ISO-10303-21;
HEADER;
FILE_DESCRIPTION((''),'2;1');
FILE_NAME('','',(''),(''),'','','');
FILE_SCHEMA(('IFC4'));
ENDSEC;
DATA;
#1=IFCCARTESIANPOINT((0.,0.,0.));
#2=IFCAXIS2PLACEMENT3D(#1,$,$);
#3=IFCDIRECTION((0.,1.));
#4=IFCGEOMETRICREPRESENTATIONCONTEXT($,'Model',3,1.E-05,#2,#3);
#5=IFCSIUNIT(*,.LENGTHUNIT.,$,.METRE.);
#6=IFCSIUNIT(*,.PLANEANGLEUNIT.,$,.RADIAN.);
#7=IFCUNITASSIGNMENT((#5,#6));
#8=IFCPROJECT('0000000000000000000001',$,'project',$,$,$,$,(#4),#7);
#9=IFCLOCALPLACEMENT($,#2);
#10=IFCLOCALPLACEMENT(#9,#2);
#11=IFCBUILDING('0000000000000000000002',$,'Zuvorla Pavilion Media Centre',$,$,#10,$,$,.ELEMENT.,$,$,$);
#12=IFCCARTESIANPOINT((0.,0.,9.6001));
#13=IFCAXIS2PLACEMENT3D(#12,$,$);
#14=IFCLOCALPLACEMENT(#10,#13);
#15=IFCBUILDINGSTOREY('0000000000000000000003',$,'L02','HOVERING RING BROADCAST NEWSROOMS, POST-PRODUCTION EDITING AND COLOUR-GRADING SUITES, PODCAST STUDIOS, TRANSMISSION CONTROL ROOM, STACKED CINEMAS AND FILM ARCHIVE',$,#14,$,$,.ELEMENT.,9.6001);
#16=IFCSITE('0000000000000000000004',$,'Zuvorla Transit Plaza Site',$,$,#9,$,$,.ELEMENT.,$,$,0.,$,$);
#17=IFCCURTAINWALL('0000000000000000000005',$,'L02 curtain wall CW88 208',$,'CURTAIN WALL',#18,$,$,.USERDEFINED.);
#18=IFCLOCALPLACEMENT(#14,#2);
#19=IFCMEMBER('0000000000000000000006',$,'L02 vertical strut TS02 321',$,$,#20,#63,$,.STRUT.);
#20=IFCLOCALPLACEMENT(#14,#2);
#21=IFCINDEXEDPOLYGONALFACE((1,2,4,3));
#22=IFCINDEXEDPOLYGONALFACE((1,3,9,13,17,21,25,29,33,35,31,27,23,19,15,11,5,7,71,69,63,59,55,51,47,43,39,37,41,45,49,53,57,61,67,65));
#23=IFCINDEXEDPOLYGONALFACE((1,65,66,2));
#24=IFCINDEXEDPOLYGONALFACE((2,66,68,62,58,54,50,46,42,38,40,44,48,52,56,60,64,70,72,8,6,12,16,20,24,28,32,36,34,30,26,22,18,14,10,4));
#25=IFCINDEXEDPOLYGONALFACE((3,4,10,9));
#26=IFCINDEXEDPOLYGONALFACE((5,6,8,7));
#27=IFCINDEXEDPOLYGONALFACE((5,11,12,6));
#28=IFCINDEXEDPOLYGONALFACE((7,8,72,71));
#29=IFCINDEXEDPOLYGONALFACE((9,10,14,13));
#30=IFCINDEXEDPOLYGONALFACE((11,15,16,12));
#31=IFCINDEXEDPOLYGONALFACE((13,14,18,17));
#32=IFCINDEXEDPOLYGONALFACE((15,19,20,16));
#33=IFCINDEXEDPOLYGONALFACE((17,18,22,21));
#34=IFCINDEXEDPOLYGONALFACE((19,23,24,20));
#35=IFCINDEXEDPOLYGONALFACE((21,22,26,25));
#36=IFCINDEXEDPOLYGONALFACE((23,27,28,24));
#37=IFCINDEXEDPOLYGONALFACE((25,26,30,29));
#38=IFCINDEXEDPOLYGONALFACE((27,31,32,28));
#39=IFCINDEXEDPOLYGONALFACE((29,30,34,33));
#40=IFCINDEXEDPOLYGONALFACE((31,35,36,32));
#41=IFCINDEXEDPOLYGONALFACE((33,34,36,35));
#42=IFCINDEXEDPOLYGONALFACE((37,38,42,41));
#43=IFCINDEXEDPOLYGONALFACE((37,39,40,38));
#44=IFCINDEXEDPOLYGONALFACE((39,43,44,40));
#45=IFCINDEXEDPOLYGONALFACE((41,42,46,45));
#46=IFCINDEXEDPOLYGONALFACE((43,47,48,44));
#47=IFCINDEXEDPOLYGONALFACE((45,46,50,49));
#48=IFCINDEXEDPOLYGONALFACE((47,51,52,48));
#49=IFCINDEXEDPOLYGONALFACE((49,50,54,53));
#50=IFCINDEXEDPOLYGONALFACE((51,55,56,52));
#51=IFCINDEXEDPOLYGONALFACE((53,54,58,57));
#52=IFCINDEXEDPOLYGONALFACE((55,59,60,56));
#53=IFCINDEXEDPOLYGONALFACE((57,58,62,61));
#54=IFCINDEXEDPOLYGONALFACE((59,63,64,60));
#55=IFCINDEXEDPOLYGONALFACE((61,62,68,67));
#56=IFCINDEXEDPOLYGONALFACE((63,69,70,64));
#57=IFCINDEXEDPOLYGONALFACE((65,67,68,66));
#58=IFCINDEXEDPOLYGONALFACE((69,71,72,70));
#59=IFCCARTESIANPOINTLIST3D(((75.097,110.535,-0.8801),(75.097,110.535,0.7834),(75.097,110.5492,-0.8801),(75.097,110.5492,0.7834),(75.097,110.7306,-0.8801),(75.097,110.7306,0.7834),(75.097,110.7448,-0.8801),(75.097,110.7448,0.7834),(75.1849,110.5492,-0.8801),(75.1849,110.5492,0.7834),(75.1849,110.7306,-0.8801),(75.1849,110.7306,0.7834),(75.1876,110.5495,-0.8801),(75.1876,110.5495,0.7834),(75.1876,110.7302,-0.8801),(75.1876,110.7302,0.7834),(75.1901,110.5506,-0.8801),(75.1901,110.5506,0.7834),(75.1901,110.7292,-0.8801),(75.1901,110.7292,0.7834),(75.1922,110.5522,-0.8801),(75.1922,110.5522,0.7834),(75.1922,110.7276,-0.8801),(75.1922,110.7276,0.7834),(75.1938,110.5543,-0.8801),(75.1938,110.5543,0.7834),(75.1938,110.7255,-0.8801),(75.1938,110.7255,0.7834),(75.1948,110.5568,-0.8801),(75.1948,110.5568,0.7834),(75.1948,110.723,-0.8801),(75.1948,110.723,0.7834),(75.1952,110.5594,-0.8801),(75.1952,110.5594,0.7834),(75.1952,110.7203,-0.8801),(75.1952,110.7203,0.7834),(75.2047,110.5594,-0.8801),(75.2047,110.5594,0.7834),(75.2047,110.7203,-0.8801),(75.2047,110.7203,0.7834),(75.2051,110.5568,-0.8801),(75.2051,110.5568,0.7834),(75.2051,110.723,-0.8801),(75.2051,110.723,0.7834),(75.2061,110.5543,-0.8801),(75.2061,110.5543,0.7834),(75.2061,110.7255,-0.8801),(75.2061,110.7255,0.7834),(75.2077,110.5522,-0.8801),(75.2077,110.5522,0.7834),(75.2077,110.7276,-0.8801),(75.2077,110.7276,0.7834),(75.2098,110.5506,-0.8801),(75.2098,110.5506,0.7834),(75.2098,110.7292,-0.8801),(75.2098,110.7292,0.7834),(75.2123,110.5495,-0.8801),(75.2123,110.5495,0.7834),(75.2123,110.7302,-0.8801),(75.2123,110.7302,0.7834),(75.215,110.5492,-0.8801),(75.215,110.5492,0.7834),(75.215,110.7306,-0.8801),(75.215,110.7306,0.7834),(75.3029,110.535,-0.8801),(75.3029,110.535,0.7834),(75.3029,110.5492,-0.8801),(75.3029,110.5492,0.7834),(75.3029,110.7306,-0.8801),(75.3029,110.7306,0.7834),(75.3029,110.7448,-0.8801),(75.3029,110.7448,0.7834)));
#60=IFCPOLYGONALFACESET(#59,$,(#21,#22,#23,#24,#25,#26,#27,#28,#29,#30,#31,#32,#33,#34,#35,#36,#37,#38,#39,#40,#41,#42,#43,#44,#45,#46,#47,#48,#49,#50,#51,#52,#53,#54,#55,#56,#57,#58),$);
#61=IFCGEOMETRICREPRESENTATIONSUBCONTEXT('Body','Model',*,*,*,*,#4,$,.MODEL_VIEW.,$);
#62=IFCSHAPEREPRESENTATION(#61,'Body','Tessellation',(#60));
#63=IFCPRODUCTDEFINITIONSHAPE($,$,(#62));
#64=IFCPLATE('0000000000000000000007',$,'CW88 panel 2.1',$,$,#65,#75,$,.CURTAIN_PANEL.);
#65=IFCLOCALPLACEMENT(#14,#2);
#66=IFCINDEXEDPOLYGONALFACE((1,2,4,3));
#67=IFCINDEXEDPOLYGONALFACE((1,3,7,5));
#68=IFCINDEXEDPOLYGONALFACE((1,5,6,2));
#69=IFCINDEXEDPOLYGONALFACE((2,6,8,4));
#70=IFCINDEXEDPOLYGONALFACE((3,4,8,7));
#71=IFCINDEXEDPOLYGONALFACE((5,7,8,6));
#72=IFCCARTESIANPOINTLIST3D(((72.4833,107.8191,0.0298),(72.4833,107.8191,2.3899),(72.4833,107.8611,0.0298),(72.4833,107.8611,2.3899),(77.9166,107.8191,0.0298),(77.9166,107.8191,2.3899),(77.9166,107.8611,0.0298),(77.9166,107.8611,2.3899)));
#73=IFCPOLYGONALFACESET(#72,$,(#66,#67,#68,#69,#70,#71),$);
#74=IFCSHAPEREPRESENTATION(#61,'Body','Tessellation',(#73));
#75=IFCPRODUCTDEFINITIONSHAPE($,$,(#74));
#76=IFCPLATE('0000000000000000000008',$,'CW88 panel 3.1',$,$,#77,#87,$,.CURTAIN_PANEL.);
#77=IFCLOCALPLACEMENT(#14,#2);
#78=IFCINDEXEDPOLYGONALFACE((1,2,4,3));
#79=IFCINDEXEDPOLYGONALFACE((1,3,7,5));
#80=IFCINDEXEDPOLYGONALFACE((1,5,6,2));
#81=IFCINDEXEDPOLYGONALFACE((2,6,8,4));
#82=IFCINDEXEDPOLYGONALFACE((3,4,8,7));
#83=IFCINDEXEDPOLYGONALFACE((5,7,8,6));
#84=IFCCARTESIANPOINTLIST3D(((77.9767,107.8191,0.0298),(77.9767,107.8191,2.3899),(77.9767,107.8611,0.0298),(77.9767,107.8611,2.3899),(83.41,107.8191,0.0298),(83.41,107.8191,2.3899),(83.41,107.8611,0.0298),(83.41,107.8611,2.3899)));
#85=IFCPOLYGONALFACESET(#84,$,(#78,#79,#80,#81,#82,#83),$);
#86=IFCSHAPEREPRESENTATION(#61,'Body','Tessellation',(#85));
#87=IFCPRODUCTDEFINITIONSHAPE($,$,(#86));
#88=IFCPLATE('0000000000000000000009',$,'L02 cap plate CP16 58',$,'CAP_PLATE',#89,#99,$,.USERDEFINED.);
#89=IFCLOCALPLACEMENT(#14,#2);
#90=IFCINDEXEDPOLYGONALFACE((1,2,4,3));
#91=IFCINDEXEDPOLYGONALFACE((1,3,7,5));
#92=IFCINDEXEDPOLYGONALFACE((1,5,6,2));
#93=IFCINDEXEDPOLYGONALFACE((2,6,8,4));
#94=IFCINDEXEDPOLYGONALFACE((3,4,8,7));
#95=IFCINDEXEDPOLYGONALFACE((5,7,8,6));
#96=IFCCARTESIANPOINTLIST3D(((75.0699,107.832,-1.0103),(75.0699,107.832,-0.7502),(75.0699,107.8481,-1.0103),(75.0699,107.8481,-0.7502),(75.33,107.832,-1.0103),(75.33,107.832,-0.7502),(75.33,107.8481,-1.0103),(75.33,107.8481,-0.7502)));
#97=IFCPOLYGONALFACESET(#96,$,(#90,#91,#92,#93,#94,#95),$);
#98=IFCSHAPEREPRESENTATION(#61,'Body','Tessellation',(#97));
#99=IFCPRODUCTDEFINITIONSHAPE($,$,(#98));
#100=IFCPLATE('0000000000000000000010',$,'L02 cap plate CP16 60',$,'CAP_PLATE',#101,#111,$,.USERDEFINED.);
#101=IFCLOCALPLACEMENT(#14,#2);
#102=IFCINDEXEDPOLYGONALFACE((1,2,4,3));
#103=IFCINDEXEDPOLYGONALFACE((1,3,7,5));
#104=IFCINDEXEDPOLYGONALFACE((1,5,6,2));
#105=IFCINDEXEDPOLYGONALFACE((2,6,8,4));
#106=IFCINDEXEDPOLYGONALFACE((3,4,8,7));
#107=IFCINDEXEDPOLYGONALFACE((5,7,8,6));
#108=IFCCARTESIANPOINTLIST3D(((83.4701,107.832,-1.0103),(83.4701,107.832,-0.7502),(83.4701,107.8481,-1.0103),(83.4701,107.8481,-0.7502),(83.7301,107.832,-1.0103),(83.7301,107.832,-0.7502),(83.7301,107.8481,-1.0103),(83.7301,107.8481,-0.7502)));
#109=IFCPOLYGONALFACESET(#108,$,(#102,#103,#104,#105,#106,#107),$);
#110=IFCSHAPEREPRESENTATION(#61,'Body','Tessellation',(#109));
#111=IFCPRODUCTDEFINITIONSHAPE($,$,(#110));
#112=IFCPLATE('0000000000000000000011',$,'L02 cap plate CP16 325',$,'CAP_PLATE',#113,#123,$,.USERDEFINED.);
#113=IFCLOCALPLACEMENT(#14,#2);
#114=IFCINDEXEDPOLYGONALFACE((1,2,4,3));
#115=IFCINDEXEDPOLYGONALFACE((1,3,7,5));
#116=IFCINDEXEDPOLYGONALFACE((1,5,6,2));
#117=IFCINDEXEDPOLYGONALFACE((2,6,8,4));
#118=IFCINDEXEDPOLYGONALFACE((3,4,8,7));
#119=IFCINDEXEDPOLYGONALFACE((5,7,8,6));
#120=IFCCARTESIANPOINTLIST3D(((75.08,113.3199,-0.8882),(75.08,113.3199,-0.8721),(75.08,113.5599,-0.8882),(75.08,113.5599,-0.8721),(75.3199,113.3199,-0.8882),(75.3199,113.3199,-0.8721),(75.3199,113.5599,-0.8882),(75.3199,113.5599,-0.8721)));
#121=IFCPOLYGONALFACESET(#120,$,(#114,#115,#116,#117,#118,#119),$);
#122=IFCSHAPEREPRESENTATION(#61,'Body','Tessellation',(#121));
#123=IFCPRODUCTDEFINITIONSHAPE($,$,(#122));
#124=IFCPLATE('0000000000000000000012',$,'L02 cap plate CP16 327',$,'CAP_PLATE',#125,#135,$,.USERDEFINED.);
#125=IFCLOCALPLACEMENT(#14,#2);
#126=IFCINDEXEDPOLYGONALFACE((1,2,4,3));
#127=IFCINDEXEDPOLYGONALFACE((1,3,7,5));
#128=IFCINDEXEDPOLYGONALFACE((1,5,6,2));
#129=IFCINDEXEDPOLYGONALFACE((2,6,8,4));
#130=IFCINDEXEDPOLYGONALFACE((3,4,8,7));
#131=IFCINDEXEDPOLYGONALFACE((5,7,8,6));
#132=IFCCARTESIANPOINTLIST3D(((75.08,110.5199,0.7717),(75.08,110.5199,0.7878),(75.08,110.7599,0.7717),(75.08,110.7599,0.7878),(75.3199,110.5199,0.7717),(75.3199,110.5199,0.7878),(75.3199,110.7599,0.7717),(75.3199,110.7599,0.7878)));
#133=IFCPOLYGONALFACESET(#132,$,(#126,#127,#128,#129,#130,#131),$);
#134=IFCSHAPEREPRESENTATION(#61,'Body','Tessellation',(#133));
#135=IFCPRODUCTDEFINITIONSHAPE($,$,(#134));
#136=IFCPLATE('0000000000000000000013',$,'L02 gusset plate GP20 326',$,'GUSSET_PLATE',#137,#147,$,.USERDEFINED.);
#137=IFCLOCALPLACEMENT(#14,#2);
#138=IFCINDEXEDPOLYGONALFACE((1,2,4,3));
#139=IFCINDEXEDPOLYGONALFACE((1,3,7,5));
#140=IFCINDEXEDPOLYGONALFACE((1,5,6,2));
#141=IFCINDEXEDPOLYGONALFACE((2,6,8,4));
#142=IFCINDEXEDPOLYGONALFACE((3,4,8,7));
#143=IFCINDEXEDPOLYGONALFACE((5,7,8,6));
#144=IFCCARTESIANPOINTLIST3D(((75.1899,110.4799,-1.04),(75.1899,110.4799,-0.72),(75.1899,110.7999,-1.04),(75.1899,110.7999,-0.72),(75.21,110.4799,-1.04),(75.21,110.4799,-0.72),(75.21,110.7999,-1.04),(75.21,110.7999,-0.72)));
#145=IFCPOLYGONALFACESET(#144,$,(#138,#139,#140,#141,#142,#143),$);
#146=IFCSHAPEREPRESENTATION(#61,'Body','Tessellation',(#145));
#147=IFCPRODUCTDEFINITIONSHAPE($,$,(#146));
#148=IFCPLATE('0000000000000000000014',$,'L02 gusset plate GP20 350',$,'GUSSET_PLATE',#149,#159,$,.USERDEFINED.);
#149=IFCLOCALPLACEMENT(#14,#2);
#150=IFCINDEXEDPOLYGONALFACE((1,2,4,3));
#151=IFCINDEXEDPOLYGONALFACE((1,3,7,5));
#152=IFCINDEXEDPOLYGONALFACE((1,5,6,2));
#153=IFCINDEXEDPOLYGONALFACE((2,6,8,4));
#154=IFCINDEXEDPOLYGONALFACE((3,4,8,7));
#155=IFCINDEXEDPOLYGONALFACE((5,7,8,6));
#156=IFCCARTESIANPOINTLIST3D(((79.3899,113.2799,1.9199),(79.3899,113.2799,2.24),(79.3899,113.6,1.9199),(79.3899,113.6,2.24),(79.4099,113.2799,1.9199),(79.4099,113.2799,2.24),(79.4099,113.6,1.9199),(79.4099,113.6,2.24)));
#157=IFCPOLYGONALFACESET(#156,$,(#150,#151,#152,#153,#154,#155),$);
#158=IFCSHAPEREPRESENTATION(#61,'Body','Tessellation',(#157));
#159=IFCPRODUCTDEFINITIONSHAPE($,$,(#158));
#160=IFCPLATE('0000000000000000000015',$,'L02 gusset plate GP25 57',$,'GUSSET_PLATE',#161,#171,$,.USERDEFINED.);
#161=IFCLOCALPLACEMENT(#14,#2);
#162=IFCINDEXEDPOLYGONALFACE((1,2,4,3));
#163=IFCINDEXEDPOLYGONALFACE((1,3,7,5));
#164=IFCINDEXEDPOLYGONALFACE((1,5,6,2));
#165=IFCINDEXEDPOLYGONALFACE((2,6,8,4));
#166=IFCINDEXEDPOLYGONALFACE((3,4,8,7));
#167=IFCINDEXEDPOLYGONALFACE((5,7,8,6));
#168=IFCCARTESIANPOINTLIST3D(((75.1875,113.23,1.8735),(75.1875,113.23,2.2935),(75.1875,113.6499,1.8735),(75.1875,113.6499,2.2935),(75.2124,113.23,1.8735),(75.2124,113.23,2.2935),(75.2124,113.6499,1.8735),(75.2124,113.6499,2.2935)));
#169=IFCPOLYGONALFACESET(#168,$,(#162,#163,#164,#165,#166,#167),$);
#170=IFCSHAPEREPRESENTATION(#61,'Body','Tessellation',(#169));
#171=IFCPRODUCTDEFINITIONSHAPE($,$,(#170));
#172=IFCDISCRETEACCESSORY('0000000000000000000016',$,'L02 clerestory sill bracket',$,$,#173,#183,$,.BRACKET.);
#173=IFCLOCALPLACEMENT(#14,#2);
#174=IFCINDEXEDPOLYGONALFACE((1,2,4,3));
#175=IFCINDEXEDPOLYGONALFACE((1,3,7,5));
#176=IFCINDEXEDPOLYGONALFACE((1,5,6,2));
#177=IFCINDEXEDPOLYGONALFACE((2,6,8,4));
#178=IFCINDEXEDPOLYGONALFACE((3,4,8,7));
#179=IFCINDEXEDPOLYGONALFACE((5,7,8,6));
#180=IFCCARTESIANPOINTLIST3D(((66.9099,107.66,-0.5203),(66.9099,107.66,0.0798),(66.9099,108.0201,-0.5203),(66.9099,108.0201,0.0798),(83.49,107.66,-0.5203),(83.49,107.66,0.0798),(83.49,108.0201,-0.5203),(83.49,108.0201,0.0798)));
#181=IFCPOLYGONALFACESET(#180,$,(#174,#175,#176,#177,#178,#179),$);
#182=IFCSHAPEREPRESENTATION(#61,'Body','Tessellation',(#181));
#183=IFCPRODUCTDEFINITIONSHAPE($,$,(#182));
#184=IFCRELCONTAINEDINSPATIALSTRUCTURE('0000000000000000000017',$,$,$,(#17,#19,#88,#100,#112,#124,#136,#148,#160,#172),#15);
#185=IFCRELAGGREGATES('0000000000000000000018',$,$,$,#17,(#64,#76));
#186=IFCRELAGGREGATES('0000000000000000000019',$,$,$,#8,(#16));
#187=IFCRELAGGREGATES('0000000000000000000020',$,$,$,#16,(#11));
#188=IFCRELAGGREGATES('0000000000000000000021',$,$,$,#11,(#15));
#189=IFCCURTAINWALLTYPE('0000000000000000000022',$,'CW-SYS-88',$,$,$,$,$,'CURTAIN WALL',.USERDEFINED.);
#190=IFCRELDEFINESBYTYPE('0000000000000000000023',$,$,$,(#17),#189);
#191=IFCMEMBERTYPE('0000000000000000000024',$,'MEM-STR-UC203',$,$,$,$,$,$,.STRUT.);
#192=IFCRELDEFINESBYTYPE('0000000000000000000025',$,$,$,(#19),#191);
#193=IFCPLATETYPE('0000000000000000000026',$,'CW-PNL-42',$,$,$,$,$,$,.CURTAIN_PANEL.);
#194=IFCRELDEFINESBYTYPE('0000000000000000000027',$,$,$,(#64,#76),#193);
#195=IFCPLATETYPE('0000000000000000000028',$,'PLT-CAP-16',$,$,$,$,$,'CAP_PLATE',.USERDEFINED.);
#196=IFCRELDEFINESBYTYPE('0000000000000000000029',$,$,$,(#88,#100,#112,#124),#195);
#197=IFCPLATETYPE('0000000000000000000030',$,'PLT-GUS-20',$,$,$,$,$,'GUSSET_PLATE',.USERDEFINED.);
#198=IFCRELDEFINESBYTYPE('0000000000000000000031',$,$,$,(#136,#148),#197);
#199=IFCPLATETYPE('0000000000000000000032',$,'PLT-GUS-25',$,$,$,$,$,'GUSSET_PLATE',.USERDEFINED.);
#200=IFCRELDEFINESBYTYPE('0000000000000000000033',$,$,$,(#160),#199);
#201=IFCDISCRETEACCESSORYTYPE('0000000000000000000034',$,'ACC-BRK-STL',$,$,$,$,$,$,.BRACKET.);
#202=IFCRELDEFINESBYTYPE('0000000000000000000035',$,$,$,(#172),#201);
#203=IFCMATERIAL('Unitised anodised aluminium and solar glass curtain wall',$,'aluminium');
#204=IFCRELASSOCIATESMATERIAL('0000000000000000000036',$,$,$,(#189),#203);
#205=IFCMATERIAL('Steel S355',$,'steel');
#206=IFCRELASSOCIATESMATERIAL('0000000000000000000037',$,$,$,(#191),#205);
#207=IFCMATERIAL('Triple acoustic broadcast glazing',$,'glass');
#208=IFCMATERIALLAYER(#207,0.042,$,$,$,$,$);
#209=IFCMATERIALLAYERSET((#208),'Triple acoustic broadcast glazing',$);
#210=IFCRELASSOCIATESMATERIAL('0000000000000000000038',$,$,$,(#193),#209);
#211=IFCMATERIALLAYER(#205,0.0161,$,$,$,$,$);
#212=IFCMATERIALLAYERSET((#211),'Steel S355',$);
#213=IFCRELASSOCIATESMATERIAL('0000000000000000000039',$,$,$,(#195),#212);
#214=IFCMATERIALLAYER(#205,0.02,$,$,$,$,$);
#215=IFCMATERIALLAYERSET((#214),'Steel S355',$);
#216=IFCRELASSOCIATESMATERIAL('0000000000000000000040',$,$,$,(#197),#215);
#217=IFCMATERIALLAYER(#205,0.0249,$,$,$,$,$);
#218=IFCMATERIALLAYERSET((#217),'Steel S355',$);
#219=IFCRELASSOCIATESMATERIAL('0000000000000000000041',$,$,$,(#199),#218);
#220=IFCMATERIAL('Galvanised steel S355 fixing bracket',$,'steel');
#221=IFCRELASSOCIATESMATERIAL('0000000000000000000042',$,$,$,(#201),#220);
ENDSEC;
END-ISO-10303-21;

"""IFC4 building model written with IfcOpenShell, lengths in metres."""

from ifc_helpers import new_model, si_unit, direction, frame, origin, origin_2d, place, context, subcontext, project, spatial, rectangle, i_section, extrude, material, layer, layer_set, material_profile, profile_set, type_object, element, aggregate, save


model = new_model("IFC4")

# Units and contexts
model_context = context("Model", 3, precision=1e-05, world=origin(), true_north=direction((0.0, 1.0)))
body_context = subcontext(model_context, "Body", "Model", "MODEL_VIEW")
ifc_project = project(units=[si_unit("LENGTHUNIT", "METRE"), si_unit("PLANEANGLEUNIT", "RADIAN")], contexts=[model_context])

# Site, building, storey
site_placement = place(None, origin())
site = spatial("IfcSite", under=ifc_project, at=site_placement, Name="Zuvorla Transit Plaza Site", CompositionType="ELEMENT", RefElevation=0.0)
building_placement = place(site_placement, origin())
building = spatial("IfcBuilding", under=site, at=building_placement, Name="Zuvorla Pavilion Media Centre", CompositionType="ELEMENT")
storey_placement = place(building_placement, frame((0.0, 0.0, 9.6001)))
storey = spatial("IfcBuildingStorey", under=building, at=storey_placement, Name="L02", Description="HOVERING RING BROADCAST NEWSROOMS, POST-PRODUCTION EDITING AND COLOUR-GRADING SUITES, PODCAST STUDIOS, TRANSMISSION CONTROL ROOM, STACKED CINEMAS AND FILM ARCHIVE", CompositionType="ELEMENT", Elevation=9.6001)

# Curtain wall
ifc_material_1 = material(Name="Unitised anodised aluminium and solar glass curtain wall", Category="aluminium")
curtain_wall_type = type_object("IfcCurtainWallType", Name="CW-SYS-88", ElementType="CURTAIN WALL", PredefinedType="USERDEFINED", material=ifc_material_1)
curtain_wall_placement = place(storey_placement, origin())
curtain_wall = element("IfcCurtainWall", 1, at=curtain_wall_placement, inside=storey, type_object=curtain_wall_type, Name="L02 curtain wall CW88 208", ObjectType="CURTAIN WALL", PredefinedType="USERDEFINED")

# Member
ifc_material_2 = material(Name="Steel S355", Category="steel")
ifc_material_profile_1 = material_profile(ifc_material_2, i_section(OverallWidth=0.2058, OverallDepth=0.2097, WebThickness=0.0095, FlangeThickness=0.0142, FilletRadius=0.0103, at=origin_2d()), Name="UC 203x203x60")
ifc_profile_set_1 = profile_set([ifc_material_profile_1], Name="Steel S355")
member_type_1 = type_object("IfcMemberType", Name="MEM-STR-UC203", PredefinedType="STRUT", material=ifc_profile_set_1)
member_1_placement = place(storey_placement, frame((75.2, 110.6399, -0.8801), z_axis=(0.0, 0.0, 1.0), x_axis=(1.0, 0.0, 0.0)))
element("IfcMember", 2, at=member_1_placement, inside=storey, type_object=member_type_1, Name="L02 vertical strut TS02 321", PredefinedType="STRUT", context=body_context, shape_type="SweptSolid", body=[
    extrude(i_section(OverallWidth=0.2058, OverallDepth=0.2097, WebThickness=0.0095, FlangeThickness=0.0142, FilletRadius=0.0103, at=origin_2d()), origin(), (0.0, 0.0, 1.0), 1.6636),
])

# Plates
ifc_material_3 = material(Name="Triple acoustic broadcast glazing", Category="glass")
ifc_layer_1 = layer(ifc_material_3, 0.042)
ifc_layer_set_1 = layer_set([ifc_layer_1], Name="Triple acoustic broadcast glazing")
plate_type_1 = type_object("IfcPlateType", Name="CW-PNL-42", PredefinedType="CURTAIN_PANEL", material=ifc_layer_set_1)
plate_1_placement = place(storey_placement, frame((75.2, 107.8401, 0.0298), z_axis=(0.0, 0.0, 1.0), x_axis=(1.0, 0.0, 0.0)))
plate_1 = element("IfcPlate", 3, at=plate_1_placement, type_object=plate_type_1, Name="CW88 panel 2.1", PredefinedType="CURTAIN_PANEL", context=body_context, shape_type="SweptSolid", body=[
    extrude(rectangle(XDim=5.4333, YDim=0.042, at=origin_2d()), origin(), (0.0, 0.0, 1.0), 2.3601),
])
plate_2_placement = place(storey_placement, frame((80.6934, 107.8401, 0.0298), z_axis=(0.0, 0.0, 1.0), x_axis=(1.0, 0.0, 0.0)))
plate_2 = element("IfcPlate", 4, at=plate_2_placement, type_object=plate_type_1, Name="CW88 panel 3.1", PredefinedType="CURTAIN_PANEL", context=body_context, shape_type="SweptSolid", body=[
    extrude(rectangle(XDim=5.4333, YDim=0.042, at=origin_2d()), origin(), (0.0, 0.0, 1.0), 2.3601),
])
aggregate(curtain_wall, [plate_1, plate_2])

# Plates
ifc_layer_2 = layer(ifc_material_2, 0.0161)
ifc_layer_set_2 = layer_set([ifc_layer_2], Name="Steel S355")
plate_type_2 = type_object("IfcPlateType", Name="PLT-CAP-16", ElementType="CAP_PLATE", PredefinedType="USERDEFINED", material=ifc_layer_set_2)
for number, where, z_axis, x_axis, name in (
    (5, (75.2, 107.8401, -1.0103), (0.0, 0.0, 1.0), (1.0, 0.0, 0.0), "L02 cap plate CP16 58"),
    (6, (83.6001, 107.8401, -1.0103), (0.0, 0.0, 1.0), (1.0, 0.0, 0.0), "L02 cap plate CP16 60"),
):
    element("IfcPlate", number, at=place(storey_placement, frame(where, z_axis=z_axis, x_axis=x_axis)), inside=storey, type_object=plate_type_2, Name=name, ObjectType="CAP_PLATE", PredefinedType="USERDEFINED", context=body_context, shape_type="SweptSolid", body=[
        extrude(rectangle(XDim=0.26, YDim=0.0161, at=origin_2d()), origin(), (0.0, 0.0, 1.0), 0.26),
    ])
for number, where, z_axis, x_axis, name in (
    (7, (75.2, 113.4399, -0.8882), (0.0, 0.0, 1.0), (1.0, 0.0, 0.0), "L02 cap plate CP16 325"),
    (8, (75.2, 110.6399, 0.7717), (0.0, 0.0, 1.0), (1.0, 0.0, 0.0), "L02 cap plate CP16 327"),
):
    element("IfcPlate", number, at=place(storey_placement, frame(where, z_axis=z_axis, x_axis=x_axis)), inside=storey, type_object=plate_type_2, Name=name, ObjectType="CAP_PLATE", PredefinedType="USERDEFINED", context=body_context, shape_type="SweptSolid", body=[
        extrude(rectangle(XDim=0.24, YDim=0.24, at=origin_2d()), origin(), (0.0, 0.0, 1.0), 0.0161),
    ])
ifc_layer_3 = layer(ifc_material_2, 0.02)
ifc_layer_set_3 = layer_set([ifc_layer_3], Name="Steel S355")
plate_type_3 = type_object("IfcPlateType", Name="PLT-GUS-20", ElementType="GUSSET_PLATE", PredefinedType="USERDEFINED", material=ifc_layer_set_3)
for number, where, z_axis, x_axis, name in (
    (9, (75.2, 110.6399, -1.04), (0.0, 0.0, 1.0), (1.0, 0.0, 0.0), "L02 gusset plate GP20 326"),
    (10, (79.3999, 113.4399, 1.9199), (0.0, 0.0, 1.0), (1.0, 0.0, 0.0), "L02 gusset plate GP20 350"),
):
    element("IfcPlate", number, at=place(storey_placement, frame(where, z_axis=z_axis, x_axis=x_axis)), inside=storey, type_object=plate_type_3, Name=name, ObjectType="GUSSET_PLATE", PredefinedType="USERDEFINED", context=body_context, shape_type="SweptSolid", body=[
        extrude(rectangle(XDim=0.02, YDim=0.3201, at=origin_2d()), origin(), (0.0, 0.0, 1.0), 0.3201),
    ])
ifc_layer_4 = layer(ifc_material_2, 0.0249)
ifc_layer_set_4 = layer_set([ifc_layer_4], Name="Steel S355")
plate_type_4 = type_object("IfcPlateType", Name="PLT-GUS-25", ElementType="GUSSET_PLATE", PredefinedType="USERDEFINED", material=ifc_layer_set_4)
plate_3_placement = place(storey_placement, frame((75.2, 113.4399, 1.8735), z_axis=(0.0, 0.0, 1.0), x_axis=(1.0, 0.0, 0.0)))
element("IfcPlate", 11, at=plate_3_placement, inside=storey, type_object=plate_type_4, Name="L02 gusset plate GP25 57", ObjectType="GUSSET_PLATE", PredefinedType="USERDEFINED", context=body_context, shape_type="SweptSolid", body=[
    extrude(rectangle(XDim=0.0249, YDim=0.4199, at=origin_2d()), origin(), (0.0, 0.0, 1.0), 0.4199),
])

# Discrete accessory
ifc_material_4 = material(Name="Galvanised steel S355 fixing bracket", Category="steel")
discrete_accessory_type = type_object("IfcDiscreteAccessoryType", Name="ACC-BRK-STL", PredefinedType="BRACKET", material=ifc_material_4)
discrete_accessory_placement = place(storey_placement, frame((75.2, 107.8401, -0.5203), z_axis=(0.0, 0.0, 1.0), x_axis=(1.0, 0.0, 0.0)))
element("IfcDiscreteAccessory", 12, at=discrete_accessory_placement, inside=storey, type_object=discrete_accessory_type, Name="L02 clerestory sill bracket", PredefinedType="BRACKET", context=body_context, shape_type="SweptSolid", body=[
    extrude(rectangle(XDim=16.5801, YDim=0.3601, at=origin_2d()), origin(), (0.0, 0.0, 1.0), 0.6001),
])

save(model, "model.ifc")
